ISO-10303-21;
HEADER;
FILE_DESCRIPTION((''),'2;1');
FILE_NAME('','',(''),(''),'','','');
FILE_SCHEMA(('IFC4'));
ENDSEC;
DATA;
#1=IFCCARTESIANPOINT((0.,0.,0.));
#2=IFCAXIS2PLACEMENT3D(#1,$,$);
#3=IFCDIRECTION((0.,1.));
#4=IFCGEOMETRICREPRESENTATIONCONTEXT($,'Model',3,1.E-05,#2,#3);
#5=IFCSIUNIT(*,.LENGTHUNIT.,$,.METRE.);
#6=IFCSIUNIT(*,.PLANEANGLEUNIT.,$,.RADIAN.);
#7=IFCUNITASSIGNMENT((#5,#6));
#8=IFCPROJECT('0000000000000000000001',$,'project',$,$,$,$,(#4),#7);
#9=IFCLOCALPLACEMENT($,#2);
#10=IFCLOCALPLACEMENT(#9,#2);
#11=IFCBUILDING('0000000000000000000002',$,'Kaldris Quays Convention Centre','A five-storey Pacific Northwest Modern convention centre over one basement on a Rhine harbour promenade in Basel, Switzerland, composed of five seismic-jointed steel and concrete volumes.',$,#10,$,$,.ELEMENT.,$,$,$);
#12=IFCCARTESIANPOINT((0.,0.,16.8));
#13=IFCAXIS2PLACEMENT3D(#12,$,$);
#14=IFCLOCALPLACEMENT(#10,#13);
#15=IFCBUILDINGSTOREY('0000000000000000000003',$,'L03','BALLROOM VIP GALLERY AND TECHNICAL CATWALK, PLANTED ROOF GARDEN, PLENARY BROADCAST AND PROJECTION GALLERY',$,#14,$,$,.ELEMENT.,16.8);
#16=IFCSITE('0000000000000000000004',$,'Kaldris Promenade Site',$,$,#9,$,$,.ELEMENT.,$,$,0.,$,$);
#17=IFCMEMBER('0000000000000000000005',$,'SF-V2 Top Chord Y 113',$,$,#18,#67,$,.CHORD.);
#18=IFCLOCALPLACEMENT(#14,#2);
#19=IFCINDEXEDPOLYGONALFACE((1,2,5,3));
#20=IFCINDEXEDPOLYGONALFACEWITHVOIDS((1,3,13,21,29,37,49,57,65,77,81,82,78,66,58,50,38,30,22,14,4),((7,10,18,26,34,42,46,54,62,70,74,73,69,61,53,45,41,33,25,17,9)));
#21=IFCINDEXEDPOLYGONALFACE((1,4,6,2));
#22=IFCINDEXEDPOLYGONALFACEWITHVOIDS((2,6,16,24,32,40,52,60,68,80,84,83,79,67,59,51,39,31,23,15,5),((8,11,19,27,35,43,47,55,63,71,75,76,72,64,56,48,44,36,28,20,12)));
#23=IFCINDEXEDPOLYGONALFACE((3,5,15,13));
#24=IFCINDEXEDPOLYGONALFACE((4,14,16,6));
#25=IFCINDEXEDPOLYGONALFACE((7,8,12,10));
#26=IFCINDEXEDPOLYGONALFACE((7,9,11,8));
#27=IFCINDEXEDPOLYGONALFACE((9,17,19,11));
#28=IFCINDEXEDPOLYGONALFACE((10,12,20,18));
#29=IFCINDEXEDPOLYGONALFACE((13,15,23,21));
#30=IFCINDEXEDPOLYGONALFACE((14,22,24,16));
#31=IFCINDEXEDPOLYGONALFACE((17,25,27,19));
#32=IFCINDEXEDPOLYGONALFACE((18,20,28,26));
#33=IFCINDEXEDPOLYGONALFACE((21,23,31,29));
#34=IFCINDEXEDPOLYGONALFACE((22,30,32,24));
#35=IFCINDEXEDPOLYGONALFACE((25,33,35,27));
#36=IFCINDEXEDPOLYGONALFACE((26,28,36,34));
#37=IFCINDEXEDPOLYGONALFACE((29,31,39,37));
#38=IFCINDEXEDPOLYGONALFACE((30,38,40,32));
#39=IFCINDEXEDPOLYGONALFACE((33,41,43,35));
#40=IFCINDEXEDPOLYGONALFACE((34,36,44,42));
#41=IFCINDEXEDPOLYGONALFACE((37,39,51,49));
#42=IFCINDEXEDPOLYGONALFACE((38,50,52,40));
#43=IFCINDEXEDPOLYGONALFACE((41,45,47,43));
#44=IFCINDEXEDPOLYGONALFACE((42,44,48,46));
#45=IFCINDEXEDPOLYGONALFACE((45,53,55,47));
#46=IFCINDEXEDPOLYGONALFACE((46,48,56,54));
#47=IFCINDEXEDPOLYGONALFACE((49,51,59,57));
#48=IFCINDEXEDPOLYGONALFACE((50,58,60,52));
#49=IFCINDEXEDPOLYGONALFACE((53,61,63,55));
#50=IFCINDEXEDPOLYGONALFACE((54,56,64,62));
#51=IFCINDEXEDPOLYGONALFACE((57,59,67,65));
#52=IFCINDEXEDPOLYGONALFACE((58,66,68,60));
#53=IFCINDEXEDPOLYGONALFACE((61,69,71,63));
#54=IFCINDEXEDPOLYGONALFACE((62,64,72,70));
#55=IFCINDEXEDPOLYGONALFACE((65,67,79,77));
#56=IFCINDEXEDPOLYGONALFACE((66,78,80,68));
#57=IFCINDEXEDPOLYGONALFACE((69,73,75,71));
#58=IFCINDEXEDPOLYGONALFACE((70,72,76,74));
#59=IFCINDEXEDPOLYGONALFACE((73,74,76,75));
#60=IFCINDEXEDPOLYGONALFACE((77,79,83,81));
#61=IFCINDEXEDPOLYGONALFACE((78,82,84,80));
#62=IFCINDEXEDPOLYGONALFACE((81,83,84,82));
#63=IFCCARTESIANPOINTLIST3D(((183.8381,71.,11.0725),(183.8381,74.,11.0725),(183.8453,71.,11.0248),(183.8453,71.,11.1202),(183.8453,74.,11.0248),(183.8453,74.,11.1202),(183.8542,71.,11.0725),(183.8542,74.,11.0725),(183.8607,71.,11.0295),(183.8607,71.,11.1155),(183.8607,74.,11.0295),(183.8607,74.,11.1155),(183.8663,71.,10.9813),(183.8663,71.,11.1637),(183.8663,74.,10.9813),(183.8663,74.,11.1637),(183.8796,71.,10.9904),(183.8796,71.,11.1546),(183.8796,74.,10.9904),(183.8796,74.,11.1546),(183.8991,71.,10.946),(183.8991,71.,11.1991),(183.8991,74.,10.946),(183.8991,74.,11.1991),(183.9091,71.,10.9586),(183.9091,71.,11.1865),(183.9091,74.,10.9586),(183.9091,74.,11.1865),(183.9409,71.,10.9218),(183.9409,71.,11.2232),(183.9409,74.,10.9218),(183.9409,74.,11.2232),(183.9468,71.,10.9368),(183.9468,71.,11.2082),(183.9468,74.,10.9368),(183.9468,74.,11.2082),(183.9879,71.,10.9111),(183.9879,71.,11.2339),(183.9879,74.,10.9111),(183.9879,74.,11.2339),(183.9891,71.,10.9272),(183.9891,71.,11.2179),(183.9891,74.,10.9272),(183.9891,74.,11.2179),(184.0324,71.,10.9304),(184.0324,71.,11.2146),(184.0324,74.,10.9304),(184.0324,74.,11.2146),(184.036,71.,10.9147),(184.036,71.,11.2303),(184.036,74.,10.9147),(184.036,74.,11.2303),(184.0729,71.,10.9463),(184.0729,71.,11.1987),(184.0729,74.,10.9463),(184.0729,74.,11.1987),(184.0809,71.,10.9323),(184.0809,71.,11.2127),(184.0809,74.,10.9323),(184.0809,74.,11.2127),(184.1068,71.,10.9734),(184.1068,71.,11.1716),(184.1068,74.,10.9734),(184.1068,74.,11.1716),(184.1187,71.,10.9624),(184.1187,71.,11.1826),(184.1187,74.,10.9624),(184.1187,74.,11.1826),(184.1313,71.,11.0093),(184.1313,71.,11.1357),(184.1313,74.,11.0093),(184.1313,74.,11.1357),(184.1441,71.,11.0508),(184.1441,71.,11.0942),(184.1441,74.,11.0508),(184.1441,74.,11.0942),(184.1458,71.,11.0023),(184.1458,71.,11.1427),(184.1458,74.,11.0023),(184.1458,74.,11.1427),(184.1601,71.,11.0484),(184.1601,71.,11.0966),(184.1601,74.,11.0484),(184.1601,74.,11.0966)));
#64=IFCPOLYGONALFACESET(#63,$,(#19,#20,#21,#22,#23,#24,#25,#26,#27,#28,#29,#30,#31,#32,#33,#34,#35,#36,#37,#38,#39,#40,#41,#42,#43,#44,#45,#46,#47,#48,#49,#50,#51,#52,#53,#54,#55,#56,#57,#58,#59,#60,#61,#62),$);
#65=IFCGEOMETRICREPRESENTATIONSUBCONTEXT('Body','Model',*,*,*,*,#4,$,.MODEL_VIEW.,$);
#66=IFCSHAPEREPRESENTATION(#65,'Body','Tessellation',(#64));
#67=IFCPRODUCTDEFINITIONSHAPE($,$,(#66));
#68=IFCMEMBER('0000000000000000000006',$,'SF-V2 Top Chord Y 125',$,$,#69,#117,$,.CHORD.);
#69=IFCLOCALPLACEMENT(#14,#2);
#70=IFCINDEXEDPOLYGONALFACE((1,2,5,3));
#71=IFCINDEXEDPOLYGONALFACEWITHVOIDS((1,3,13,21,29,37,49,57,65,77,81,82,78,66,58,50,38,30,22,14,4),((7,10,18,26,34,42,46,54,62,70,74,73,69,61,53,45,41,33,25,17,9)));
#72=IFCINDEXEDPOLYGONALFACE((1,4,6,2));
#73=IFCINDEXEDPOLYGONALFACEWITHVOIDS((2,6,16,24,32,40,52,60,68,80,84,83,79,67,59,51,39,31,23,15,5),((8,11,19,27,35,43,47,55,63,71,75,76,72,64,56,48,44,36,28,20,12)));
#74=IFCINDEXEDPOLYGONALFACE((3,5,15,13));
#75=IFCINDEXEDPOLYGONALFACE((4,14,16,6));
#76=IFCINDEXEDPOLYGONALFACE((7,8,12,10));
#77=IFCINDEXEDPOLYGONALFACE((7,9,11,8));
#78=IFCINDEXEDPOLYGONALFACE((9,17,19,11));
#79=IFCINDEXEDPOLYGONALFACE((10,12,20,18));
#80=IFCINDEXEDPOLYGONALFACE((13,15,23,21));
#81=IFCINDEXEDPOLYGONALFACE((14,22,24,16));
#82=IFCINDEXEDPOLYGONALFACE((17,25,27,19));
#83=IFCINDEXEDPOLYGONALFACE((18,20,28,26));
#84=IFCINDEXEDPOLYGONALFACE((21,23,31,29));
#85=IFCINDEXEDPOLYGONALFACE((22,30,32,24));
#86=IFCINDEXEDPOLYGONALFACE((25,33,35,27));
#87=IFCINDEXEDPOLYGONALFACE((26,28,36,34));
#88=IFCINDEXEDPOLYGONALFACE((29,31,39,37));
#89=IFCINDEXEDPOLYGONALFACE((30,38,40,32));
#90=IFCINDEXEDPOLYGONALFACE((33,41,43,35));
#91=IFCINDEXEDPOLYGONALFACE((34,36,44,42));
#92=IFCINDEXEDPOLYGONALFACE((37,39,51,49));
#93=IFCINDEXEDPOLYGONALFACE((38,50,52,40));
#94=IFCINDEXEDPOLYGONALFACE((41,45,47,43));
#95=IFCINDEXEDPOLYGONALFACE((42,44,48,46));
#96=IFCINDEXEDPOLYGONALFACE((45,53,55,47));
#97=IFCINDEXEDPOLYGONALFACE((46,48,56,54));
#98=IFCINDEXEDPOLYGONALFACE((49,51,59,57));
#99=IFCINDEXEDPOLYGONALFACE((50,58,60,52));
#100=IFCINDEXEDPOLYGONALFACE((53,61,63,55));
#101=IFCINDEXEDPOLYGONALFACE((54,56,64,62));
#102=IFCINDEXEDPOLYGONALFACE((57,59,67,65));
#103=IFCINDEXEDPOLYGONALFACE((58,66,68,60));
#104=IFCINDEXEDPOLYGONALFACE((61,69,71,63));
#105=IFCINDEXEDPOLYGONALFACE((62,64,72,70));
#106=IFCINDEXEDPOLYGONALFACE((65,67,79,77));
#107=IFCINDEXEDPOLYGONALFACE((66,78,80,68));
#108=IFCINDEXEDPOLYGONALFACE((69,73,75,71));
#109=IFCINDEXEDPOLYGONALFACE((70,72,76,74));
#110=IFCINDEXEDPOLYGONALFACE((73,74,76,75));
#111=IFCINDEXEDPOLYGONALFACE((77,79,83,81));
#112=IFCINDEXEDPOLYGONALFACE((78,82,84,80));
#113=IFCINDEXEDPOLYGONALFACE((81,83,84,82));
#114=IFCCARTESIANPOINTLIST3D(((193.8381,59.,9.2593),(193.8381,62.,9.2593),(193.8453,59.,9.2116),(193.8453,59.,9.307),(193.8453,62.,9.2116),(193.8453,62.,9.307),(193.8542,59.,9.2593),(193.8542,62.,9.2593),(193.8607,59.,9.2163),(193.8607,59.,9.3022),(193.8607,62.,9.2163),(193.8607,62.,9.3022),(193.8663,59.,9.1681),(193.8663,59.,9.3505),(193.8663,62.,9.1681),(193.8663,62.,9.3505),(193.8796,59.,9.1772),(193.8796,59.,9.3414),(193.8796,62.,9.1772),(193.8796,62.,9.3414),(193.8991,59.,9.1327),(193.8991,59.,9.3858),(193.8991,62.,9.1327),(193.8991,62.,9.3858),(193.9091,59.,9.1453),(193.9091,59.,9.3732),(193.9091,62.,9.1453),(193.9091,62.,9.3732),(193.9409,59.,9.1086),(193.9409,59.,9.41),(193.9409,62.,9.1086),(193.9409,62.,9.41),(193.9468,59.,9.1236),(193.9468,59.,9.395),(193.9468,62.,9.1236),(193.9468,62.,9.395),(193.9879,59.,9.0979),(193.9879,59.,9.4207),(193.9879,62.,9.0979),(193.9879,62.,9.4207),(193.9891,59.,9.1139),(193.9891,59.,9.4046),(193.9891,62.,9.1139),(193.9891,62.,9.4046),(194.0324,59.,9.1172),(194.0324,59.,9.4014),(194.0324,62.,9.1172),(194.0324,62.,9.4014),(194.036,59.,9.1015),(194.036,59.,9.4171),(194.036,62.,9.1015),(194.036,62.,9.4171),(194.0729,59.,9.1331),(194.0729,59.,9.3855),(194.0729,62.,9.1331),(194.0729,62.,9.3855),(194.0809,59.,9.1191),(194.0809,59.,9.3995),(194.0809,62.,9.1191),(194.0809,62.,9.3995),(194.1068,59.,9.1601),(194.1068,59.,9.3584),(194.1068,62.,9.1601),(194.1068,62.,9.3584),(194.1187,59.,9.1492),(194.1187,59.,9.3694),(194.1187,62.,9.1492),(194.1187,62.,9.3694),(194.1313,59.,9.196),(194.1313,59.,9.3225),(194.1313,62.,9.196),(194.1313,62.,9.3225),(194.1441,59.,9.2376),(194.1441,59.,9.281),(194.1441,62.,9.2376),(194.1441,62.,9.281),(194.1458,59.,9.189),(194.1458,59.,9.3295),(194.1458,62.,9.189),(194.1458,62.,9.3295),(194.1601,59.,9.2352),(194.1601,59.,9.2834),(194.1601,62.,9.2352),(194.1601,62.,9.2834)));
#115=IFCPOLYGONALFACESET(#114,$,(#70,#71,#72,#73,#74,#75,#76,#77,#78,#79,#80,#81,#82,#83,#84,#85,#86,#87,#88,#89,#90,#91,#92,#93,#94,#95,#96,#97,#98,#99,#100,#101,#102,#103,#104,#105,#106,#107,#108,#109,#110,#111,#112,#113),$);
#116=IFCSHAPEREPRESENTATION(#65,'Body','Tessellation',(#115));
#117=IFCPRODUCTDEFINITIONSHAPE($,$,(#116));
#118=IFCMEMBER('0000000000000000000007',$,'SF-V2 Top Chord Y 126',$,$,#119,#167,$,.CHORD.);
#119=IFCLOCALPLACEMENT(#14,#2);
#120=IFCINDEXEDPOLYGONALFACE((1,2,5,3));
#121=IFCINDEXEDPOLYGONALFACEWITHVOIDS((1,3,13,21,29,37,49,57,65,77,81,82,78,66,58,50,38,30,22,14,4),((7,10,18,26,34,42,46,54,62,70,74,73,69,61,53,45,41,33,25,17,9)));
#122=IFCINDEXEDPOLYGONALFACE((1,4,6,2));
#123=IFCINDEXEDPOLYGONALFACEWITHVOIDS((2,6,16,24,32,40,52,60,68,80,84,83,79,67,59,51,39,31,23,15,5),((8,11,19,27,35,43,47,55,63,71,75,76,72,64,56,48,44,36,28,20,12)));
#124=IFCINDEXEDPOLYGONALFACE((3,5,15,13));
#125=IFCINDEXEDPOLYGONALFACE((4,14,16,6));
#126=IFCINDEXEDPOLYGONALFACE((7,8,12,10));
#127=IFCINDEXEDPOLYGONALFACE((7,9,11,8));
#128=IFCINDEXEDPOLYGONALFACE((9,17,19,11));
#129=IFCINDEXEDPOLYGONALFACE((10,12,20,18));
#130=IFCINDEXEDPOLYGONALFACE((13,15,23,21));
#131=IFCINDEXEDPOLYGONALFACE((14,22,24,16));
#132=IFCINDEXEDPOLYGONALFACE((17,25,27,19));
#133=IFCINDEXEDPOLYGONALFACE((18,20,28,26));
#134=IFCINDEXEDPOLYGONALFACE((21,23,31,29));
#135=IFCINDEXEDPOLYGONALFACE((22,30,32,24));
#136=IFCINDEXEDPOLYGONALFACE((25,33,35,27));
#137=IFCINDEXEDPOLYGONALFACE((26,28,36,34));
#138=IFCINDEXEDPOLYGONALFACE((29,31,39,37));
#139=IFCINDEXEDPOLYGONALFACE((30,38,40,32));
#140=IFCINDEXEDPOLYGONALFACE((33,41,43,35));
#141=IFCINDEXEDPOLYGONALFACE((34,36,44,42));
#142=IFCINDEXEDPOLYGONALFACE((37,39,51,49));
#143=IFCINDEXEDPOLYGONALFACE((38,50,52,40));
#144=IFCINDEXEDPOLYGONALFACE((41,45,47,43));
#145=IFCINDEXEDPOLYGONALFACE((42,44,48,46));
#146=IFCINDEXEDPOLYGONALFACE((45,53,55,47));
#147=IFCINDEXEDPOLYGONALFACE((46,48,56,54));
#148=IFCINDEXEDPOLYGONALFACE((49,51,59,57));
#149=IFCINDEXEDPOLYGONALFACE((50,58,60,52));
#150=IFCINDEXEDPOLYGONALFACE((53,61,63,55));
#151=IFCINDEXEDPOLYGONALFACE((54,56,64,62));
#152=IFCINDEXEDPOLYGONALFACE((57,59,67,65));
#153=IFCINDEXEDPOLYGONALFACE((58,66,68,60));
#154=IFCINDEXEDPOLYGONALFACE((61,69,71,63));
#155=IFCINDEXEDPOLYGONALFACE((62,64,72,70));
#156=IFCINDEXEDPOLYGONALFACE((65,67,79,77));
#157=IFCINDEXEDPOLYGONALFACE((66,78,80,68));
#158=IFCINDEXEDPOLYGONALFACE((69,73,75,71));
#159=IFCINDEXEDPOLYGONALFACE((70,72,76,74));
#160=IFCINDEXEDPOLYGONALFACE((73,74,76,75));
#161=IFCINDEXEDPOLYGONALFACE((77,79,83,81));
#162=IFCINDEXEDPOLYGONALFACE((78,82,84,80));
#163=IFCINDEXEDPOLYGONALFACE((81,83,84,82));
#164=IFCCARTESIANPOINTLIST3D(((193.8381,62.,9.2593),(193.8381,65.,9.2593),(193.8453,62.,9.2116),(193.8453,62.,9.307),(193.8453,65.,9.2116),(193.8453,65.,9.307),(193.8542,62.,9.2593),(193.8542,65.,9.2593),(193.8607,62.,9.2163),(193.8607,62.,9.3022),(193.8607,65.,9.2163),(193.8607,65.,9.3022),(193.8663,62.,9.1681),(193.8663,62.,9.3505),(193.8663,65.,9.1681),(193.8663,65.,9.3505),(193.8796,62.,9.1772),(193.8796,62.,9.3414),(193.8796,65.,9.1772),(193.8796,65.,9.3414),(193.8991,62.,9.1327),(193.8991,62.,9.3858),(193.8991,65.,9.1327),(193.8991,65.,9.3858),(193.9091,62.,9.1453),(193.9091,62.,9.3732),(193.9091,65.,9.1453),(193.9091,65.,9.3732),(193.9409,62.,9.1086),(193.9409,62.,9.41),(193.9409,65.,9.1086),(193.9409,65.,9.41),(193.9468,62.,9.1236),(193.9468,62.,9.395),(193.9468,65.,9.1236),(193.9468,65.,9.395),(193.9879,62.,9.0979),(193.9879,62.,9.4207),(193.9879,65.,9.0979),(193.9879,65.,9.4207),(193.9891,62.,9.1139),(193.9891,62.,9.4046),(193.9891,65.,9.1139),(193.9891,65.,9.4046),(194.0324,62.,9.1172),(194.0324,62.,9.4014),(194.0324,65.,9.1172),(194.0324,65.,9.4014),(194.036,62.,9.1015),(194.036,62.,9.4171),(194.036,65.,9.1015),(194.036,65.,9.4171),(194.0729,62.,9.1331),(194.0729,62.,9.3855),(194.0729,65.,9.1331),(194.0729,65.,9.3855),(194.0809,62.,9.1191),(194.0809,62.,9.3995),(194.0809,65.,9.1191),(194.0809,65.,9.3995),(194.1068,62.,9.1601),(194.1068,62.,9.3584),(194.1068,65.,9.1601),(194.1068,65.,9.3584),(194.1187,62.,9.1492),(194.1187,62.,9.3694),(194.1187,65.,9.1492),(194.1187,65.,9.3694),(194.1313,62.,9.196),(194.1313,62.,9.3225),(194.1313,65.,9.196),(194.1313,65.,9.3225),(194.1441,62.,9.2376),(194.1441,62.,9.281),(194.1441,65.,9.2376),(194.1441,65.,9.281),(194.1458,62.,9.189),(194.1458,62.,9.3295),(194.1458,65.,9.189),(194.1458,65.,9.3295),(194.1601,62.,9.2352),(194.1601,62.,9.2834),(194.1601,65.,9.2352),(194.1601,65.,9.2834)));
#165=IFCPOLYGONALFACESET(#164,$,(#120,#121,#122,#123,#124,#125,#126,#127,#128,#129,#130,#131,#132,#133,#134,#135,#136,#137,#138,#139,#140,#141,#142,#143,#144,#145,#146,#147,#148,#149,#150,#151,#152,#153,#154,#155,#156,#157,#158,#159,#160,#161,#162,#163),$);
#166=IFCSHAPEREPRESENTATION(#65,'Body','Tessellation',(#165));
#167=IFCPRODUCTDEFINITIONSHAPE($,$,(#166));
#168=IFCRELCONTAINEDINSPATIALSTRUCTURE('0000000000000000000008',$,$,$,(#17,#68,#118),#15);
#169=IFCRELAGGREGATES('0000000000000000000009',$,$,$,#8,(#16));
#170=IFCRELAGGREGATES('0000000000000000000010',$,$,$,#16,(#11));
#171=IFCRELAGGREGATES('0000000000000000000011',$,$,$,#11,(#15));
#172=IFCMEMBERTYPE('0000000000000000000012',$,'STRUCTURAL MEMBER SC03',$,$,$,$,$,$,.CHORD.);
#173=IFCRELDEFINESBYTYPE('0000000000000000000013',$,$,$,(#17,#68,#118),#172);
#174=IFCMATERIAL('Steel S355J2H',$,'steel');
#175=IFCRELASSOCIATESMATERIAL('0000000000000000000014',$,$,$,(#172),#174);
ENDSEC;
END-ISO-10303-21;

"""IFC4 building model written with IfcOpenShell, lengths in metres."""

from ifc_helpers import new_model, si_unit, direction, frame, origin, origin_2d, place, context, subcontext, project, spatial, hollow_circle, extrude, material, material_profile, profile_set, type_object, element, save


model = new_model("IFC4")

# Units and contexts
model_context = context("Model", 3, precision=1e-05, world=origin(), true_north=direction((0.0, 1.0)))
body_context = subcontext(model_context, "Body", "Model", "MODEL_VIEW")
ifc_project = project(units=[si_unit("LENGTHUNIT", "METRE"), si_unit("PLANEANGLEUNIT", "RADIAN")], contexts=[model_context])

# Site, building, storey
site_placement = place(None, origin())
site = spatial("IfcSite", under=ifc_project, at=site_placement, Name="Kaldris Promenade Site", CompositionType="ELEMENT", RefElevation=0.0)
building_placement = place(site_placement, origin())
building = spatial("IfcBuilding", under=site, at=building_placement, Name="Kaldris Quays Convention Centre", Description="A five-storey Pacific Northwest Modern convention centre over one basement on a Rhine harbour promenade in Basel, Switzerland, composed of five seismic-jointed steel and concrete volumes.", CompositionType="ELEMENT")
storey_placement = place(building_placement, frame((0.0, 0.0, 16.8)))
storey = spatial("IfcBuildingStorey", under=building, at=storey_placement, Name="L03", Description="BALLROOM VIP GALLERY AND TECHNICAL CATWALK, PLANTED ROOF GARDEN, PLENARY BROADCAST AND PROJECTION GALLERY", CompositionType="ELEMENT", Elevation=16.8)

# Members
ifc_material_1 = material(Name="Steel S355J2H", Category="steel")
ifc_material_profile_1 = material_profile(ifc_material_1, hollow_circle(Radius=0.1619, WallThickness=0.0161, at=origin_2d()), Name="CHS 323.9x16")
ifc_profile_set_1 = profile_set([ifc_material_profile_1], Name="Steel S355J2H")
member_type_1 = type_object("IfcMemberType", Name="STRUCTURAL MEMBER SC03", PredefinedType="CHORD", material=ifc_profile_set_1)
for number, where, z_axis, x_axis, name in (
    (1, (184.0, 71.0, 11.0725), (0.0, 1.0, 0.0), (-1.0, 0.0, 0.0), "SF-V2 Top Chord Y 113"),
    (2, (194.0, 59.0, 9.2593), (0.0, 1.0, 0.0), (-1.0, 0.0, 0.0), "SF-V2 Top Chord Y 125"),
    (3, (194.0, 62.0, 9.2593), (0.0, 1.0, 0.0), (-1.0, 0.0, 0.0), "SF-V2 Top Chord Y 126"),
):
    element("IfcMember", number, at=place(storey_placement, frame(where, z_axis=z_axis, x_axis=x_axis)), inside=storey, type_object=member_type_1, Name=name, PredefinedType="CHORD", context=body_context, shape_type="SweptSolid", body=[
        extrude(hollow_circle(Radius=0.1619, WallThickness=0.0161, at=origin_2d()), origin(), (0.0, 0.0, 1.0), 3.0),
    ])

save(model, "model.ifc")
